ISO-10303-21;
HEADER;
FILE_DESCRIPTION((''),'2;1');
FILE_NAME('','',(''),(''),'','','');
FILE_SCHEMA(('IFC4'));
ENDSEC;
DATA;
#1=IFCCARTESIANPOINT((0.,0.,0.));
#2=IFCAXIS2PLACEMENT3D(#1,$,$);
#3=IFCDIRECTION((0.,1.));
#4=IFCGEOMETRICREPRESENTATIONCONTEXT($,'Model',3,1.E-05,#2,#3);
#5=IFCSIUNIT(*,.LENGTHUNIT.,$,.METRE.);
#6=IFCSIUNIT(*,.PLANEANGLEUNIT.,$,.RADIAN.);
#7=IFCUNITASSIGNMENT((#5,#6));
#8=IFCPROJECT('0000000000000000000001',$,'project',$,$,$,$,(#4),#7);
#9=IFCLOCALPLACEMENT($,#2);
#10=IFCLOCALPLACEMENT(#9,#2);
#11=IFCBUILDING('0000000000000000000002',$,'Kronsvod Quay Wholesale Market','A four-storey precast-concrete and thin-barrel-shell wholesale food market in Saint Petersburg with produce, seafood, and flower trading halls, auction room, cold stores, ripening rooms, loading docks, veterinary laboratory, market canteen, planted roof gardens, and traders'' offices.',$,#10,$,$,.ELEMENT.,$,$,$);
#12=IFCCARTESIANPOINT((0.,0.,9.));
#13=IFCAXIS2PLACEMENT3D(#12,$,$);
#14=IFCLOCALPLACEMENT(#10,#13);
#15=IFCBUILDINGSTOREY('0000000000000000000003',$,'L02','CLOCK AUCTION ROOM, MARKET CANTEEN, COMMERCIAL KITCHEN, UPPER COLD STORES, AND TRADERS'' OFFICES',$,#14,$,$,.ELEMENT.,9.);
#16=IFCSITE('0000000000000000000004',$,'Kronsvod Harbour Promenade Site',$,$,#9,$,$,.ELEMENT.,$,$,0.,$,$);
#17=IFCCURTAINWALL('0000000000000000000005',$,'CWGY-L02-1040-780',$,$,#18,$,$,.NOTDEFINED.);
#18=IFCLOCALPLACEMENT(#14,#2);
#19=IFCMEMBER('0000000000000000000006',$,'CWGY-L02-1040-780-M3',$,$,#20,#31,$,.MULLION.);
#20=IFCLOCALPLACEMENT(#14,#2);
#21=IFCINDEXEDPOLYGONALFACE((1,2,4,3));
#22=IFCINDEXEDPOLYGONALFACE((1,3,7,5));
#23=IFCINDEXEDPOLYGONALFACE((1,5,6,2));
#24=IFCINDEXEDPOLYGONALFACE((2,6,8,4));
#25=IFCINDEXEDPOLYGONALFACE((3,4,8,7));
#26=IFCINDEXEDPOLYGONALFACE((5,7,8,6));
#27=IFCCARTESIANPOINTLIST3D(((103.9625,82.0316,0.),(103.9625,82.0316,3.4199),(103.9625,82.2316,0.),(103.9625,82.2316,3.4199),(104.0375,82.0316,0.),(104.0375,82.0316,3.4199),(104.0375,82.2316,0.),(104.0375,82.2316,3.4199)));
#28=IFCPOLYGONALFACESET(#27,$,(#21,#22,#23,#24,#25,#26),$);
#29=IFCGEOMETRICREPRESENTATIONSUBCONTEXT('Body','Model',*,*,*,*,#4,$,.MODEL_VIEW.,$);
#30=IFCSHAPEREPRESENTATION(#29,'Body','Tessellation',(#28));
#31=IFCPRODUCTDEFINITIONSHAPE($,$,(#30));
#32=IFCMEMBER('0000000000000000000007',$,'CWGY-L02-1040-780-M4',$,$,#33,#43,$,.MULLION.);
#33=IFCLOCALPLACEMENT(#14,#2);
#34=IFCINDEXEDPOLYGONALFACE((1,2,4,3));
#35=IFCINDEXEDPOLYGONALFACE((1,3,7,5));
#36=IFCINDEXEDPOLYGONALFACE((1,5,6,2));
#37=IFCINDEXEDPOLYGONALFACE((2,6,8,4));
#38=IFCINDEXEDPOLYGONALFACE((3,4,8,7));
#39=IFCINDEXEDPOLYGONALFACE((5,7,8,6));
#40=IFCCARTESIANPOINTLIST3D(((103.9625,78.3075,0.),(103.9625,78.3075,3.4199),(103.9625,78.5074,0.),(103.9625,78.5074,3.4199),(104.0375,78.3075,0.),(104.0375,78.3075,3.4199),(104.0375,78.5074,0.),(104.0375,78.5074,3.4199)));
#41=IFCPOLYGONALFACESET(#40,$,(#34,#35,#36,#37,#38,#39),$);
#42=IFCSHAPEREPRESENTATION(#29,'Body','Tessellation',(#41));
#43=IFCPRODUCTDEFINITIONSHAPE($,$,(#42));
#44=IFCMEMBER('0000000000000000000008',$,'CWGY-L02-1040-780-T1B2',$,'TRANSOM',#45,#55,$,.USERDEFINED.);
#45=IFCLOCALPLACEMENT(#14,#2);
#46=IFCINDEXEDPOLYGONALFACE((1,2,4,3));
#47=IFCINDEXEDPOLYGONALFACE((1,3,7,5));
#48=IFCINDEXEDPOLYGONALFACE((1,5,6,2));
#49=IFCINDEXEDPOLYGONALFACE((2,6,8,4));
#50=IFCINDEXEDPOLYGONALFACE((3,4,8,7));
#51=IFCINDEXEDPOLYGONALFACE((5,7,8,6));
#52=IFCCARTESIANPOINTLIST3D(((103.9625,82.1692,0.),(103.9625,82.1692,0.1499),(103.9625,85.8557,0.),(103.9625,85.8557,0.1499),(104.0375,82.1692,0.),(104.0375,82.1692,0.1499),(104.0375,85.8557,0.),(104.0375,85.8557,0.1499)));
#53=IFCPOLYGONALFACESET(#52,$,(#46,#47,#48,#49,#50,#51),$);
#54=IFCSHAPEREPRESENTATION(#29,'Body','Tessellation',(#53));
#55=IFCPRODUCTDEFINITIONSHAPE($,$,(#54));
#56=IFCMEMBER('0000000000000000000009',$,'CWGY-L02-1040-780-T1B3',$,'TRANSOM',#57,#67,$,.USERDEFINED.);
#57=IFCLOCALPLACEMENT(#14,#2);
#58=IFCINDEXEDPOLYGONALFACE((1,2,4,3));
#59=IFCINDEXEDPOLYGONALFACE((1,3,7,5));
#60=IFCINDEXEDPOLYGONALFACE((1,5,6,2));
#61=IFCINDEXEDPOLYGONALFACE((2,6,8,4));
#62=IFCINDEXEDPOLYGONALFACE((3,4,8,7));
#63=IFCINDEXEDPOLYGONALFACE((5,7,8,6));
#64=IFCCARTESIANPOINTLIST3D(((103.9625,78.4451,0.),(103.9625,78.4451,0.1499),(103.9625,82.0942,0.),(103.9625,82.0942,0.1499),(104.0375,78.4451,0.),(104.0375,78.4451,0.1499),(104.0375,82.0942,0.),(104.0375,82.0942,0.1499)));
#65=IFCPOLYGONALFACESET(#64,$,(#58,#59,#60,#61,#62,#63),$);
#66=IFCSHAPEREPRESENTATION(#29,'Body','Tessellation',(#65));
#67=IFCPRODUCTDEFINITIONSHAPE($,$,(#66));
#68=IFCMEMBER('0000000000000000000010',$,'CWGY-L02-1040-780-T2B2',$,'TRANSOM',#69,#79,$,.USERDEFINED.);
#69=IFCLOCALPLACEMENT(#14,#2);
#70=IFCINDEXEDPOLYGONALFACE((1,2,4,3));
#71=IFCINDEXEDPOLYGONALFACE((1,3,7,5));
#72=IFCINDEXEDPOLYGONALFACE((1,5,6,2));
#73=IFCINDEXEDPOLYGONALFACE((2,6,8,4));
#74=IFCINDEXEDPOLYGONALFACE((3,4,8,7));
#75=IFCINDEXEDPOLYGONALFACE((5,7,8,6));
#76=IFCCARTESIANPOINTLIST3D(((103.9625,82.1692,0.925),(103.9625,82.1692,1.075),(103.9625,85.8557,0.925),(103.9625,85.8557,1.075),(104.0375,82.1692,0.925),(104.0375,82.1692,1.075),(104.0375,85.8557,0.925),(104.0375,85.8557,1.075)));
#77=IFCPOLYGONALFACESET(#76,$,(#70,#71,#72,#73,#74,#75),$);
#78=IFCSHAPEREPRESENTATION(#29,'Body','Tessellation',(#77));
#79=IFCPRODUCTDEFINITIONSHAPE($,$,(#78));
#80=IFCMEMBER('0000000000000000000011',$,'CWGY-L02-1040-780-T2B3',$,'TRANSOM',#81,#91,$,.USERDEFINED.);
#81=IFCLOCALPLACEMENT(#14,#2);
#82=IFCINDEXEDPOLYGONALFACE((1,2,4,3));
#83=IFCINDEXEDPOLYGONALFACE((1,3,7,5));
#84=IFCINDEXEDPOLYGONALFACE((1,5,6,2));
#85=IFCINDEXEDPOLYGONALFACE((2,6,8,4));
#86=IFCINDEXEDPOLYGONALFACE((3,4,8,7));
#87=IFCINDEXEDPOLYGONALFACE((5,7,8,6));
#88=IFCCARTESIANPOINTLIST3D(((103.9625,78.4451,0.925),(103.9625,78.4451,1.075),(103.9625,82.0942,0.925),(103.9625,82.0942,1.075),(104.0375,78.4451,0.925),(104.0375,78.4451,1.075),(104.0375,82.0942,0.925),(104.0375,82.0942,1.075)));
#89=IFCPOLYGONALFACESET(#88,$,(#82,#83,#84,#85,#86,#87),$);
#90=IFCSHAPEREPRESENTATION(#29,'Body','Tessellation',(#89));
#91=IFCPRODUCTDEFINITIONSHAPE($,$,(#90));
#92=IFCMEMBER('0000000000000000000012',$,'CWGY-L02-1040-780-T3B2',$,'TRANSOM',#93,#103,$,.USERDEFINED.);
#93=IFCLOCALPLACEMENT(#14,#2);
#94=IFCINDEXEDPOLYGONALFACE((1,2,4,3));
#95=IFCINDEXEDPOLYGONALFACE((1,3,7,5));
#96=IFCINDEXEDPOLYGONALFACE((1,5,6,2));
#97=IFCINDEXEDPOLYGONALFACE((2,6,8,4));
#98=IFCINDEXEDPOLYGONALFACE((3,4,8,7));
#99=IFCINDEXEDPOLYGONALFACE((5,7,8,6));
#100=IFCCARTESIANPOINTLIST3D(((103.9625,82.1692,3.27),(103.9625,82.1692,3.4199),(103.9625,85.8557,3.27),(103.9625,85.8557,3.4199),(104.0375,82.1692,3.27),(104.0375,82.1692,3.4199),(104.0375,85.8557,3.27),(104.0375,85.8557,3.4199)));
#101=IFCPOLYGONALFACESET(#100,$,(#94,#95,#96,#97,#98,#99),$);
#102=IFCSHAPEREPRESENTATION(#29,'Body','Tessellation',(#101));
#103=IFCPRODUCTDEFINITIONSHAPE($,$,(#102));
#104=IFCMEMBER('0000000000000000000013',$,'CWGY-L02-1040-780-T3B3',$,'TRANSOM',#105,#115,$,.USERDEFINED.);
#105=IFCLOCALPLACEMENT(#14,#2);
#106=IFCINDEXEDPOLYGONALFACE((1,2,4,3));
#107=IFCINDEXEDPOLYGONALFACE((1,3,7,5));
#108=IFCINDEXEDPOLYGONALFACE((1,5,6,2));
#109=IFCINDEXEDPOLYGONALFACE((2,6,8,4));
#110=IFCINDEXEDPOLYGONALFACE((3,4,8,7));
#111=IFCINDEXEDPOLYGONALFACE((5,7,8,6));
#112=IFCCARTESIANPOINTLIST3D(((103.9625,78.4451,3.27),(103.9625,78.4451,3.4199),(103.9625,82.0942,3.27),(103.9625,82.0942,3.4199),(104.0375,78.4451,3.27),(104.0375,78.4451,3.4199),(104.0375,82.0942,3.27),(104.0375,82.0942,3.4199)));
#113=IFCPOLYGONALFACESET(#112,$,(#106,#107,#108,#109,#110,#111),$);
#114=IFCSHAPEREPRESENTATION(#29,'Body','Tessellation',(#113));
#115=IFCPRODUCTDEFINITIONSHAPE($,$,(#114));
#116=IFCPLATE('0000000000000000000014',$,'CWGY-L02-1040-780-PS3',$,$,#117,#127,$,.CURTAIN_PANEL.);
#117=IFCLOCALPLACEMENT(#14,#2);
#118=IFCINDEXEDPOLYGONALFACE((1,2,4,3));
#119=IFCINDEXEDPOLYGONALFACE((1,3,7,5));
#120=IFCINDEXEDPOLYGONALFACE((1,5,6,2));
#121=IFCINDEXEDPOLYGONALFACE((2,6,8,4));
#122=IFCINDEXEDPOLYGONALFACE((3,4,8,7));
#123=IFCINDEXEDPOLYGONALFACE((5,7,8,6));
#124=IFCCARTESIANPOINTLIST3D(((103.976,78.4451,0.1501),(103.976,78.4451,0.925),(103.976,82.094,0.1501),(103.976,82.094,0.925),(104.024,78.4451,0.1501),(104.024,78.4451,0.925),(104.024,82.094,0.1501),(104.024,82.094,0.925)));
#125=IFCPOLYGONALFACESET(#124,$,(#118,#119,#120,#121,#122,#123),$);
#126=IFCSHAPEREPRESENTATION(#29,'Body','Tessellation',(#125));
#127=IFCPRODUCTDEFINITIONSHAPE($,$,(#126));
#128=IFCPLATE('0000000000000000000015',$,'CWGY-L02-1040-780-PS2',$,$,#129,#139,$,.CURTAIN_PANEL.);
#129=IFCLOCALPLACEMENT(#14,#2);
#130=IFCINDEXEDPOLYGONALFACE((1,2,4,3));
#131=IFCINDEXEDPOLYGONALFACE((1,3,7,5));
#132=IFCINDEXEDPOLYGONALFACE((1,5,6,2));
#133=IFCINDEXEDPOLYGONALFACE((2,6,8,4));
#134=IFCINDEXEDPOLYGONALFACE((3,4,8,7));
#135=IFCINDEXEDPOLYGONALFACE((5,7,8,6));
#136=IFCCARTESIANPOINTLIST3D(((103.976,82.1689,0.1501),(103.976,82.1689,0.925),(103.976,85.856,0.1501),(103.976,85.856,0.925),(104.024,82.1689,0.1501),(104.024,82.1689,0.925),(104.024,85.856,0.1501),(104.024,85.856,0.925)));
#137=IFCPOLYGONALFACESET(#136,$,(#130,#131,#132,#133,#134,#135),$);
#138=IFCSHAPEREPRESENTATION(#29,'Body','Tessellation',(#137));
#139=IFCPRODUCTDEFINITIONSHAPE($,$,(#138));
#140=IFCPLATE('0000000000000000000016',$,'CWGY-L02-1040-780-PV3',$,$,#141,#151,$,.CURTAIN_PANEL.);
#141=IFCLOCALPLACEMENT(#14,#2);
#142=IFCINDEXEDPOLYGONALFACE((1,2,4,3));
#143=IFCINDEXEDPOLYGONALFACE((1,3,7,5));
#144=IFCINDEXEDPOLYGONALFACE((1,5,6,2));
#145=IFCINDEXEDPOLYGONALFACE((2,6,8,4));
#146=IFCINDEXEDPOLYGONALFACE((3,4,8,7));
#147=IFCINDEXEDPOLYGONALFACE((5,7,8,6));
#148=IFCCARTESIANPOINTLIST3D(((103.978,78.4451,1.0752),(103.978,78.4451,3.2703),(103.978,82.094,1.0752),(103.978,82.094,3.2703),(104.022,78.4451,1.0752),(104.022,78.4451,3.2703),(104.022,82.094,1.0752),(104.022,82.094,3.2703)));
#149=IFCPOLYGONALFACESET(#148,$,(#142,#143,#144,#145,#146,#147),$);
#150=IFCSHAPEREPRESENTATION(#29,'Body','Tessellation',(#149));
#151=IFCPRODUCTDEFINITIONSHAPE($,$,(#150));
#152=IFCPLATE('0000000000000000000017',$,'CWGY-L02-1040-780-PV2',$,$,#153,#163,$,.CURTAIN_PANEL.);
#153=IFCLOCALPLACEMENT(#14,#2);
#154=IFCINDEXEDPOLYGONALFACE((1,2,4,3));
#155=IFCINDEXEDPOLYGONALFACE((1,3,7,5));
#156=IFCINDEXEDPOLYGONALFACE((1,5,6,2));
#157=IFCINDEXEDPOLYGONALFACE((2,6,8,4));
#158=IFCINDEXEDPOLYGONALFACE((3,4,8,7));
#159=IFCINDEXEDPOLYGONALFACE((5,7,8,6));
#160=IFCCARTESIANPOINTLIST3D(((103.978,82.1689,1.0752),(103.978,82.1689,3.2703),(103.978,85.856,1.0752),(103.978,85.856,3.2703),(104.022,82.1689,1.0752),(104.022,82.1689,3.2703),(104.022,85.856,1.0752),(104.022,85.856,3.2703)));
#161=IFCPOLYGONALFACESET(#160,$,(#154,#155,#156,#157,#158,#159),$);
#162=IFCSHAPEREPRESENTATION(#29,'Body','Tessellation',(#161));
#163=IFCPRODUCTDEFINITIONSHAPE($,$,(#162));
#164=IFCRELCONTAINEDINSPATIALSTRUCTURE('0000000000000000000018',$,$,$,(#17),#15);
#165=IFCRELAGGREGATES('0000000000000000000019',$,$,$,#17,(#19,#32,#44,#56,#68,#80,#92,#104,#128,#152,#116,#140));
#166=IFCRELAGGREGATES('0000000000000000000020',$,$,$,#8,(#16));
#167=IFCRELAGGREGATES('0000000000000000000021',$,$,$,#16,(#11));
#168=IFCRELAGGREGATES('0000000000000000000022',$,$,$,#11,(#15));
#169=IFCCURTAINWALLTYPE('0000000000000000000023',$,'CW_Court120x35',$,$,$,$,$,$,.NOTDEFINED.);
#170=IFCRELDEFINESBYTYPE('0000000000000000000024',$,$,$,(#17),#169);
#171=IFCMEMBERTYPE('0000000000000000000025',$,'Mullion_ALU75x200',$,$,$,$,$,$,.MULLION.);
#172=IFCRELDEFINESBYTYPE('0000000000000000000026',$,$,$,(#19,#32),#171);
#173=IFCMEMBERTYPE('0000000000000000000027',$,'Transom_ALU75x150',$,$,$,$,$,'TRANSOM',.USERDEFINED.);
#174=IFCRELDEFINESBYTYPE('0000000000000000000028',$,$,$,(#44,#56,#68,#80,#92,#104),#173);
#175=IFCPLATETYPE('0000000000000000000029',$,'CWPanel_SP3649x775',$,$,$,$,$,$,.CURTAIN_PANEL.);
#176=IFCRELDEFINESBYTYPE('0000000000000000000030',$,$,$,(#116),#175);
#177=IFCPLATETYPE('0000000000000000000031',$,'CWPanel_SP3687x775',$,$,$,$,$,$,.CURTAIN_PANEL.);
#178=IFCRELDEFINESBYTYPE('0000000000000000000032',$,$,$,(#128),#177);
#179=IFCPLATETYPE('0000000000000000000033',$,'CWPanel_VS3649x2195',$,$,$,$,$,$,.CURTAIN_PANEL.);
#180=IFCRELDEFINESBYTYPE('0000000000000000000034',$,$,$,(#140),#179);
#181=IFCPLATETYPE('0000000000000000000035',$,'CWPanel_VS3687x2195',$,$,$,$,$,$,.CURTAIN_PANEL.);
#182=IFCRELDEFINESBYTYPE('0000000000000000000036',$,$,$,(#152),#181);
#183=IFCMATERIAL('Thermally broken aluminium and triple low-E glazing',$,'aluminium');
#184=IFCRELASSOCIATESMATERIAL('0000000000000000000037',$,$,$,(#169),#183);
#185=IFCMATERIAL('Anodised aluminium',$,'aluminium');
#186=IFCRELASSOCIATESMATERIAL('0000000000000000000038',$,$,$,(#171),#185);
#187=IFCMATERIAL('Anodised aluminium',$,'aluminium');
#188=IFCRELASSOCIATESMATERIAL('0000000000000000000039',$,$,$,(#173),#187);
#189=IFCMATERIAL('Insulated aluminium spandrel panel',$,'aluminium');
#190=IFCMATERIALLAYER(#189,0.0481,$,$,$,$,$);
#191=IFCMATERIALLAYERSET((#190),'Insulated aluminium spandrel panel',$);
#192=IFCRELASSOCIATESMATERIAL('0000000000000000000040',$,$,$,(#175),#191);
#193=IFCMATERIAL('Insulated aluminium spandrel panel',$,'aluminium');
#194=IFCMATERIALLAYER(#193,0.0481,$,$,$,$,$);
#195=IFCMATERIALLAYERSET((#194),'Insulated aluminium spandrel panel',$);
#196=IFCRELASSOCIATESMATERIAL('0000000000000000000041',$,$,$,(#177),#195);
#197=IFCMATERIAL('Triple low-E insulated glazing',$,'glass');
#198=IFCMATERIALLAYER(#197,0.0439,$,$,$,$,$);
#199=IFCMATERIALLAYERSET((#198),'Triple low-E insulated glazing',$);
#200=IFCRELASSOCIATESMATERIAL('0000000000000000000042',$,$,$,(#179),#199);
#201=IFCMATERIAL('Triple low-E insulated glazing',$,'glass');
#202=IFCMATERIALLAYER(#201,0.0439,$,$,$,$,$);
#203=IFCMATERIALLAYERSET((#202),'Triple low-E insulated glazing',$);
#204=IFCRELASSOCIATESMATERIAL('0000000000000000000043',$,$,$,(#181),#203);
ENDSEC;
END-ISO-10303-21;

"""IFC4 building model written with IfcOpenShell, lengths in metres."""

from ifc_helpers import new_model, si_unit, direction, frame, origin, origin_2d, place, context, subcontext, project, spatial, rectangle, extrude, material, layer, layer_set, material_profile, profile_set, type_object, element, aggregate, save


model = new_model("IFC4")

# Units and contexts
model_context = context("Model", 3, precision=1e-05, world=origin(), true_north=direction((0.0, 1.0)))
body_context = subcontext(model_context, "Body", "Model", "MODEL_VIEW")
ifc_project = project(units=[si_unit("LENGTHUNIT", "METRE"), si_unit("PLANEANGLEUNIT", "RADIAN")], contexts=[model_context])

# Site, building, storey
site_placement = place(None, origin())
site = spatial("IfcSite", under=ifc_project, at=site_placement, Name="Kronsvod Harbour Promenade Site", CompositionType="ELEMENT", RefElevation=0.0)
building_placement = place(site_placement, origin())
building = spatial("IfcBuilding", under=site, at=building_placement, Name="Kronsvod Quay Wholesale Market", Description="A four-storey precast-concrete and thin-barrel-shell wholesale food market in Saint Petersburg with produce, seafood, and flower trading halls, auction room, cold stores, ripening rooms, loading docks, veterinary laboratory, market canteen, planted roof gardens, and traders' offices.", CompositionType="ELEMENT")
storey_placement = place(building_placement, frame((0.0, 0.0, 9.0)))
storey = spatial("IfcBuildingStorey", under=building, at=storey_placement, Name="L02", Description="CLOCK AUCTION ROOM, MARKET CANTEEN, COMMERCIAL KITCHEN, UPPER COLD STORES, AND TRADERS' OFFICES", CompositionType="ELEMENT", Elevation=9.0)

# Shared definitions
ifc_material_1 = material(Name="Thermally broken aluminium and triple low-E glazing", Category="aluminium")
curtain_wall_type = type_object("IfcCurtainWallType", Name="CW_Court120x35", PredefinedType="NOTDEFINED", material=ifc_material_1)
ifc_material_2 = material(Name="Anodised aluminium", Category="aluminium")
ifc_material_profile_1 = material_profile(ifc_material_2, rectangle(XDim=0.075, YDim=0.2, at=origin_2d()), Name="ALUM75x200")
ifc_profile_set_1 = profile_set([ifc_material_profile_1], Name="Anodised aluminium")
member_type_1 = type_object("IfcMemberType", Name="Mullion_ALU75x200", PredefinedType="MULLION", material=ifc_profile_set_1)

# Curtain wall, members, plates
curtain_wall_1_placement = place(storey_placement, origin())
curtain_wall_1 = element("IfcCurtainWall", 1, at=curtain_wall_1_placement, inside=storey, type_object=curtain_wall_type, Name="CWGY-L02-1040-780", PredefinedType="NOTDEFINED")
member_1_placement = place(storey_placement, frame((104.0, 82.1316, 0.0), z_axis=(0.0, 0.0, 1.0), x_axis=(1.0, 0.0, 0.0)))
member_1 = element("IfcMember", 2, at=member_1_placement, type_object=member_type_1, Name="CWGY-L02-1040-780-M3", PredefinedType="MULLION", context=body_context, shape_type="SweptSolid", body=[
    extrude(rectangle(XDim=0.075, YDim=0.2, at=origin_2d()), origin(), (0.0, 0.0, 1.0), 3.4199),
])
member_2_placement = place(storey_placement, frame((104.0, 78.4075, 0.0), z_axis=(0.0, 0.0, 1.0), x_axis=(1.0, 0.0, 0.0)))
member_2 = element("IfcMember", 3, at=member_2_placement, type_object=member_type_1, Name="CWGY-L02-1040-780-M4", PredefinedType="MULLION", context=body_context, shape_type="SweptSolid", body=[
    extrude(rectangle(XDim=0.075, YDim=0.2, at=origin_2d()), origin(), (0.0, 0.0, 1.0), 3.4199),
])
ifc_material_3 = material(Name="Anodised aluminium", Category="aluminium")
ifc_material_profile_2 = material_profile(ifc_material_3, rectangle(XDim=0.075, YDim=0.1499, at=origin_2d()), Name="ALUT75x150")
ifc_profile_set_2 = profile_set([ifc_material_profile_2], Name="Anodised aluminium")
member_type_2 = type_object("IfcMemberType", Name="Transom_ALU75x150", ElementType="TRANSOM", PredefinedType="USERDEFINED", material=ifc_profile_set_2)
member_3_placement = place(storey_placement, frame((104.0, 85.8557, 0.075), z_axis=(0.0, -1.0, 0.0), x_axis=(1.0, 0.0, 0.0)))
member_3 = element("IfcMember", 4, at=member_3_placement, type_object=member_type_2, Name="CWGY-L02-1040-780-T1B2", ObjectType="TRANSOM", PredefinedType="USERDEFINED", context=body_context, shape_type="SweptSolid", body=[
    extrude(rectangle(XDim=0.075, YDim=0.1499, at=origin_2d()), origin(), (0.0, 0.0, 1.0), 3.6865),
])
member_4_placement = place(storey_placement, frame((104.0, 82.0942, 0.075), z_axis=(0.0, -1.0, 0.0), x_axis=(1.0, 0.0, 0.0)))
member_4 = element("IfcMember", 5, at=member_4_placement, type_object=member_type_2, Name="CWGY-L02-1040-780-T1B3", ObjectType="TRANSOM", PredefinedType="USERDEFINED", context=body_context, shape_type="SweptSolid", body=[
    extrude(rectangle(XDim=0.075, YDim=0.1499, at=origin_2d()), origin(), (0.0, 0.0, 1.0), 3.6492),
])
member_5_placement = place(storey_placement, frame((104.0, 85.8557, 1.0), z_axis=(0.0, -1.0, 0.0), x_axis=(1.0, 0.0, 0.0)))
member_5 = element("IfcMember", 6, at=member_5_placement, type_object=member_type_2, Name="CWGY-L02-1040-780-T2B2", ObjectType="TRANSOM", PredefinedType="USERDEFINED", context=body_context, shape_type="SweptSolid", body=[
    extrude(rectangle(XDim=0.075, YDim=0.1499, at=origin_2d()), origin(), (0.0, 0.0, 1.0), 3.6865),
])
member_6_placement = place(storey_placement, frame((104.0, 82.0942, 1.0), z_axis=(0.0, -1.0, 0.0), x_axis=(1.0, 0.0, 0.0)))
member_6 = element("IfcMember", 7, at=member_6_placement, type_object=member_type_2, Name="CWGY-L02-1040-780-T2B3", ObjectType="TRANSOM", PredefinedType="USERDEFINED", context=body_context, shape_type="SweptSolid", body=[
    extrude(rectangle(XDim=0.075, YDim=0.1499, at=origin_2d()), origin(), (0.0, 0.0, 1.0), 3.6492),
])
member_7_placement = place(storey_placement, frame((104.0, 85.8557, 3.345), z_axis=(0.0, -1.0, 0.0), x_axis=(1.0, 0.0, 0.0)))
member_7 = element("IfcMember", 8, at=member_7_placement, type_object=member_type_2, Name="CWGY-L02-1040-780-T3B2", ObjectType="TRANSOM", PredefinedType="USERDEFINED", context=body_context, shape_type="SweptSolid", body=[
    extrude(rectangle(XDim=0.075, YDim=0.1499, at=origin_2d()), origin(), (0.0, 0.0, 1.0), 3.6865),
])
member_8_placement = place(storey_placement, frame((104.0, 82.0942, 3.345), z_axis=(0.0, -1.0, 0.0), x_axis=(1.0, 0.0, 0.0)))
member_8 = element("IfcMember", 9, at=member_8_placement, type_object=member_type_2, Name="CWGY-L02-1040-780-T3B3", ObjectType="TRANSOM", PredefinedType="USERDEFINED", context=body_context, shape_type="SweptSolid", body=[
    extrude(rectangle(XDim=0.075, YDim=0.1499, at=origin_2d()), origin(), (0.0, 0.0, 1.0), 3.6492),
])
ifc_material_4 = material(Name="Insulated aluminium spandrel panel", Category="aluminium")
ifc_layer_1 = layer(ifc_material_4, 0.0481)
ifc_layer_set_1 = layer_set([ifc_layer_1], Name="Insulated aluminium spandrel panel")
plate_type_1 = type_object("IfcPlateType", Name="CWPanel_SP3649x775", PredefinedType="CURTAIN_PANEL", material=ifc_layer_set_1)
plate_1_placement = place(storey_placement, frame((104.0, 80.2695, 0.1501), z_axis=(0.0, 0.0, 1.0), x_axis=(0.0, -1.0, 0.0)))
plate_1 = element("IfcPlate", 10, at=plate_1_placement, type_object=plate_type_1, Name="CWGY-L02-1040-780-PS3", PredefinedType="CURTAIN_PANEL", context=body_context, shape_type="SweptSolid", body=[
    extrude(rectangle(XDim=3.6489, YDim=0.0481, at=origin_2d()), origin(), (0.0, 0.0, 1.0), 0.7749),
])
ifc_material_5 = material(Name="Insulated aluminium spandrel panel", Category="aluminium")
ifc_layer_2 = layer(ifc_material_5, 0.0481)
ifc_layer_set_2 = layer_set([ifc_layer_2], Name="Insulated aluminium spandrel panel")
plate_type_2 = type_object("IfcPlateType", Name="CWPanel_SP3687x775", PredefinedType="CURTAIN_PANEL", material=ifc_layer_set_2)
plate_2_placement = place(storey_placement, frame((104.0, 84.0125, 0.1501), z_axis=(0.0, 0.0, 1.0), x_axis=(0.0, -1.0, 0.0)))
plate_2 = element("IfcPlate", 11, at=plate_2_placement, type_object=plate_type_2, Name="CWGY-L02-1040-780-PS2", PredefinedType="CURTAIN_PANEL", context=body_context, shape_type="SweptSolid", body=[
    extrude(rectangle(XDim=3.687, YDim=0.0481, at=origin_2d()), origin(), (0.0, 0.0, 1.0), 0.7749),
])
ifc_material_6 = material(Name="Triple low-E insulated glazing", Category="glass")
ifc_layer_3 = layer(ifc_material_6, 0.0439)
ifc_layer_set_3 = layer_set([ifc_layer_3], Name="Triple low-E insulated glazing")
plate_type_3 = type_object("IfcPlateType", Name="CWPanel_VS3649x2195", PredefinedType="CURTAIN_PANEL", material=ifc_layer_set_3)
plate_3_placement = place(storey_placement, frame((104.0, 80.2695, 1.0752), z_axis=(0.0, 0.0, 1.0), x_axis=(0.0, -1.0, 0.0)))
plate_3 = element("IfcPlate", 12, at=plate_3_placement, type_object=plate_type_3, Name="CWGY-L02-1040-780-PV3", PredefinedType="CURTAIN_PANEL", context=body_context, shape_type="SweptSolid", body=[
    extrude(rectangle(XDim=3.6489, YDim=0.0439, at=origin_2d()), origin(), (0.0, 0.0, 1.0), 2.1951),
])
ifc_material_7 = material(Name="Triple low-E insulated glazing", Category="glass")
ifc_layer_4 = layer(ifc_material_7, 0.0439)
ifc_layer_set_4 = layer_set([ifc_layer_4], Name="Triple low-E insulated glazing")
plate_type_4 = type_object("IfcPlateType", Name="CWPanel_VS3687x2195", PredefinedType="CURTAIN_PANEL", material=ifc_layer_set_4)
plate_4_placement = place(storey_placement, frame((104.0, 84.0125, 1.0752), z_axis=(0.0, 0.0, 1.0), x_axis=(0.0, -1.0, 0.0)))
plate_4 = element("IfcPlate", 13, at=plate_4_placement, type_object=plate_type_4, Name="CWGY-L02-1040-780-PV2", PredefinedType="CURTAIN_PANEL", context=body_context, shape_type="SweptSolid", body=[
    extrude(rectangle(XDim=3.687, YDim=0.0439, at=origin_2d()), origin(), (0.0, 0.0, 1.0), 2.1951),
])
aggregate(curtain_wall_1, [member_1, member_2, member_3, member_4, member_5, member_6, member_7, member_8, plate_2, plate_4, plate_1, plate_3])

save(model, "model.ifc")
